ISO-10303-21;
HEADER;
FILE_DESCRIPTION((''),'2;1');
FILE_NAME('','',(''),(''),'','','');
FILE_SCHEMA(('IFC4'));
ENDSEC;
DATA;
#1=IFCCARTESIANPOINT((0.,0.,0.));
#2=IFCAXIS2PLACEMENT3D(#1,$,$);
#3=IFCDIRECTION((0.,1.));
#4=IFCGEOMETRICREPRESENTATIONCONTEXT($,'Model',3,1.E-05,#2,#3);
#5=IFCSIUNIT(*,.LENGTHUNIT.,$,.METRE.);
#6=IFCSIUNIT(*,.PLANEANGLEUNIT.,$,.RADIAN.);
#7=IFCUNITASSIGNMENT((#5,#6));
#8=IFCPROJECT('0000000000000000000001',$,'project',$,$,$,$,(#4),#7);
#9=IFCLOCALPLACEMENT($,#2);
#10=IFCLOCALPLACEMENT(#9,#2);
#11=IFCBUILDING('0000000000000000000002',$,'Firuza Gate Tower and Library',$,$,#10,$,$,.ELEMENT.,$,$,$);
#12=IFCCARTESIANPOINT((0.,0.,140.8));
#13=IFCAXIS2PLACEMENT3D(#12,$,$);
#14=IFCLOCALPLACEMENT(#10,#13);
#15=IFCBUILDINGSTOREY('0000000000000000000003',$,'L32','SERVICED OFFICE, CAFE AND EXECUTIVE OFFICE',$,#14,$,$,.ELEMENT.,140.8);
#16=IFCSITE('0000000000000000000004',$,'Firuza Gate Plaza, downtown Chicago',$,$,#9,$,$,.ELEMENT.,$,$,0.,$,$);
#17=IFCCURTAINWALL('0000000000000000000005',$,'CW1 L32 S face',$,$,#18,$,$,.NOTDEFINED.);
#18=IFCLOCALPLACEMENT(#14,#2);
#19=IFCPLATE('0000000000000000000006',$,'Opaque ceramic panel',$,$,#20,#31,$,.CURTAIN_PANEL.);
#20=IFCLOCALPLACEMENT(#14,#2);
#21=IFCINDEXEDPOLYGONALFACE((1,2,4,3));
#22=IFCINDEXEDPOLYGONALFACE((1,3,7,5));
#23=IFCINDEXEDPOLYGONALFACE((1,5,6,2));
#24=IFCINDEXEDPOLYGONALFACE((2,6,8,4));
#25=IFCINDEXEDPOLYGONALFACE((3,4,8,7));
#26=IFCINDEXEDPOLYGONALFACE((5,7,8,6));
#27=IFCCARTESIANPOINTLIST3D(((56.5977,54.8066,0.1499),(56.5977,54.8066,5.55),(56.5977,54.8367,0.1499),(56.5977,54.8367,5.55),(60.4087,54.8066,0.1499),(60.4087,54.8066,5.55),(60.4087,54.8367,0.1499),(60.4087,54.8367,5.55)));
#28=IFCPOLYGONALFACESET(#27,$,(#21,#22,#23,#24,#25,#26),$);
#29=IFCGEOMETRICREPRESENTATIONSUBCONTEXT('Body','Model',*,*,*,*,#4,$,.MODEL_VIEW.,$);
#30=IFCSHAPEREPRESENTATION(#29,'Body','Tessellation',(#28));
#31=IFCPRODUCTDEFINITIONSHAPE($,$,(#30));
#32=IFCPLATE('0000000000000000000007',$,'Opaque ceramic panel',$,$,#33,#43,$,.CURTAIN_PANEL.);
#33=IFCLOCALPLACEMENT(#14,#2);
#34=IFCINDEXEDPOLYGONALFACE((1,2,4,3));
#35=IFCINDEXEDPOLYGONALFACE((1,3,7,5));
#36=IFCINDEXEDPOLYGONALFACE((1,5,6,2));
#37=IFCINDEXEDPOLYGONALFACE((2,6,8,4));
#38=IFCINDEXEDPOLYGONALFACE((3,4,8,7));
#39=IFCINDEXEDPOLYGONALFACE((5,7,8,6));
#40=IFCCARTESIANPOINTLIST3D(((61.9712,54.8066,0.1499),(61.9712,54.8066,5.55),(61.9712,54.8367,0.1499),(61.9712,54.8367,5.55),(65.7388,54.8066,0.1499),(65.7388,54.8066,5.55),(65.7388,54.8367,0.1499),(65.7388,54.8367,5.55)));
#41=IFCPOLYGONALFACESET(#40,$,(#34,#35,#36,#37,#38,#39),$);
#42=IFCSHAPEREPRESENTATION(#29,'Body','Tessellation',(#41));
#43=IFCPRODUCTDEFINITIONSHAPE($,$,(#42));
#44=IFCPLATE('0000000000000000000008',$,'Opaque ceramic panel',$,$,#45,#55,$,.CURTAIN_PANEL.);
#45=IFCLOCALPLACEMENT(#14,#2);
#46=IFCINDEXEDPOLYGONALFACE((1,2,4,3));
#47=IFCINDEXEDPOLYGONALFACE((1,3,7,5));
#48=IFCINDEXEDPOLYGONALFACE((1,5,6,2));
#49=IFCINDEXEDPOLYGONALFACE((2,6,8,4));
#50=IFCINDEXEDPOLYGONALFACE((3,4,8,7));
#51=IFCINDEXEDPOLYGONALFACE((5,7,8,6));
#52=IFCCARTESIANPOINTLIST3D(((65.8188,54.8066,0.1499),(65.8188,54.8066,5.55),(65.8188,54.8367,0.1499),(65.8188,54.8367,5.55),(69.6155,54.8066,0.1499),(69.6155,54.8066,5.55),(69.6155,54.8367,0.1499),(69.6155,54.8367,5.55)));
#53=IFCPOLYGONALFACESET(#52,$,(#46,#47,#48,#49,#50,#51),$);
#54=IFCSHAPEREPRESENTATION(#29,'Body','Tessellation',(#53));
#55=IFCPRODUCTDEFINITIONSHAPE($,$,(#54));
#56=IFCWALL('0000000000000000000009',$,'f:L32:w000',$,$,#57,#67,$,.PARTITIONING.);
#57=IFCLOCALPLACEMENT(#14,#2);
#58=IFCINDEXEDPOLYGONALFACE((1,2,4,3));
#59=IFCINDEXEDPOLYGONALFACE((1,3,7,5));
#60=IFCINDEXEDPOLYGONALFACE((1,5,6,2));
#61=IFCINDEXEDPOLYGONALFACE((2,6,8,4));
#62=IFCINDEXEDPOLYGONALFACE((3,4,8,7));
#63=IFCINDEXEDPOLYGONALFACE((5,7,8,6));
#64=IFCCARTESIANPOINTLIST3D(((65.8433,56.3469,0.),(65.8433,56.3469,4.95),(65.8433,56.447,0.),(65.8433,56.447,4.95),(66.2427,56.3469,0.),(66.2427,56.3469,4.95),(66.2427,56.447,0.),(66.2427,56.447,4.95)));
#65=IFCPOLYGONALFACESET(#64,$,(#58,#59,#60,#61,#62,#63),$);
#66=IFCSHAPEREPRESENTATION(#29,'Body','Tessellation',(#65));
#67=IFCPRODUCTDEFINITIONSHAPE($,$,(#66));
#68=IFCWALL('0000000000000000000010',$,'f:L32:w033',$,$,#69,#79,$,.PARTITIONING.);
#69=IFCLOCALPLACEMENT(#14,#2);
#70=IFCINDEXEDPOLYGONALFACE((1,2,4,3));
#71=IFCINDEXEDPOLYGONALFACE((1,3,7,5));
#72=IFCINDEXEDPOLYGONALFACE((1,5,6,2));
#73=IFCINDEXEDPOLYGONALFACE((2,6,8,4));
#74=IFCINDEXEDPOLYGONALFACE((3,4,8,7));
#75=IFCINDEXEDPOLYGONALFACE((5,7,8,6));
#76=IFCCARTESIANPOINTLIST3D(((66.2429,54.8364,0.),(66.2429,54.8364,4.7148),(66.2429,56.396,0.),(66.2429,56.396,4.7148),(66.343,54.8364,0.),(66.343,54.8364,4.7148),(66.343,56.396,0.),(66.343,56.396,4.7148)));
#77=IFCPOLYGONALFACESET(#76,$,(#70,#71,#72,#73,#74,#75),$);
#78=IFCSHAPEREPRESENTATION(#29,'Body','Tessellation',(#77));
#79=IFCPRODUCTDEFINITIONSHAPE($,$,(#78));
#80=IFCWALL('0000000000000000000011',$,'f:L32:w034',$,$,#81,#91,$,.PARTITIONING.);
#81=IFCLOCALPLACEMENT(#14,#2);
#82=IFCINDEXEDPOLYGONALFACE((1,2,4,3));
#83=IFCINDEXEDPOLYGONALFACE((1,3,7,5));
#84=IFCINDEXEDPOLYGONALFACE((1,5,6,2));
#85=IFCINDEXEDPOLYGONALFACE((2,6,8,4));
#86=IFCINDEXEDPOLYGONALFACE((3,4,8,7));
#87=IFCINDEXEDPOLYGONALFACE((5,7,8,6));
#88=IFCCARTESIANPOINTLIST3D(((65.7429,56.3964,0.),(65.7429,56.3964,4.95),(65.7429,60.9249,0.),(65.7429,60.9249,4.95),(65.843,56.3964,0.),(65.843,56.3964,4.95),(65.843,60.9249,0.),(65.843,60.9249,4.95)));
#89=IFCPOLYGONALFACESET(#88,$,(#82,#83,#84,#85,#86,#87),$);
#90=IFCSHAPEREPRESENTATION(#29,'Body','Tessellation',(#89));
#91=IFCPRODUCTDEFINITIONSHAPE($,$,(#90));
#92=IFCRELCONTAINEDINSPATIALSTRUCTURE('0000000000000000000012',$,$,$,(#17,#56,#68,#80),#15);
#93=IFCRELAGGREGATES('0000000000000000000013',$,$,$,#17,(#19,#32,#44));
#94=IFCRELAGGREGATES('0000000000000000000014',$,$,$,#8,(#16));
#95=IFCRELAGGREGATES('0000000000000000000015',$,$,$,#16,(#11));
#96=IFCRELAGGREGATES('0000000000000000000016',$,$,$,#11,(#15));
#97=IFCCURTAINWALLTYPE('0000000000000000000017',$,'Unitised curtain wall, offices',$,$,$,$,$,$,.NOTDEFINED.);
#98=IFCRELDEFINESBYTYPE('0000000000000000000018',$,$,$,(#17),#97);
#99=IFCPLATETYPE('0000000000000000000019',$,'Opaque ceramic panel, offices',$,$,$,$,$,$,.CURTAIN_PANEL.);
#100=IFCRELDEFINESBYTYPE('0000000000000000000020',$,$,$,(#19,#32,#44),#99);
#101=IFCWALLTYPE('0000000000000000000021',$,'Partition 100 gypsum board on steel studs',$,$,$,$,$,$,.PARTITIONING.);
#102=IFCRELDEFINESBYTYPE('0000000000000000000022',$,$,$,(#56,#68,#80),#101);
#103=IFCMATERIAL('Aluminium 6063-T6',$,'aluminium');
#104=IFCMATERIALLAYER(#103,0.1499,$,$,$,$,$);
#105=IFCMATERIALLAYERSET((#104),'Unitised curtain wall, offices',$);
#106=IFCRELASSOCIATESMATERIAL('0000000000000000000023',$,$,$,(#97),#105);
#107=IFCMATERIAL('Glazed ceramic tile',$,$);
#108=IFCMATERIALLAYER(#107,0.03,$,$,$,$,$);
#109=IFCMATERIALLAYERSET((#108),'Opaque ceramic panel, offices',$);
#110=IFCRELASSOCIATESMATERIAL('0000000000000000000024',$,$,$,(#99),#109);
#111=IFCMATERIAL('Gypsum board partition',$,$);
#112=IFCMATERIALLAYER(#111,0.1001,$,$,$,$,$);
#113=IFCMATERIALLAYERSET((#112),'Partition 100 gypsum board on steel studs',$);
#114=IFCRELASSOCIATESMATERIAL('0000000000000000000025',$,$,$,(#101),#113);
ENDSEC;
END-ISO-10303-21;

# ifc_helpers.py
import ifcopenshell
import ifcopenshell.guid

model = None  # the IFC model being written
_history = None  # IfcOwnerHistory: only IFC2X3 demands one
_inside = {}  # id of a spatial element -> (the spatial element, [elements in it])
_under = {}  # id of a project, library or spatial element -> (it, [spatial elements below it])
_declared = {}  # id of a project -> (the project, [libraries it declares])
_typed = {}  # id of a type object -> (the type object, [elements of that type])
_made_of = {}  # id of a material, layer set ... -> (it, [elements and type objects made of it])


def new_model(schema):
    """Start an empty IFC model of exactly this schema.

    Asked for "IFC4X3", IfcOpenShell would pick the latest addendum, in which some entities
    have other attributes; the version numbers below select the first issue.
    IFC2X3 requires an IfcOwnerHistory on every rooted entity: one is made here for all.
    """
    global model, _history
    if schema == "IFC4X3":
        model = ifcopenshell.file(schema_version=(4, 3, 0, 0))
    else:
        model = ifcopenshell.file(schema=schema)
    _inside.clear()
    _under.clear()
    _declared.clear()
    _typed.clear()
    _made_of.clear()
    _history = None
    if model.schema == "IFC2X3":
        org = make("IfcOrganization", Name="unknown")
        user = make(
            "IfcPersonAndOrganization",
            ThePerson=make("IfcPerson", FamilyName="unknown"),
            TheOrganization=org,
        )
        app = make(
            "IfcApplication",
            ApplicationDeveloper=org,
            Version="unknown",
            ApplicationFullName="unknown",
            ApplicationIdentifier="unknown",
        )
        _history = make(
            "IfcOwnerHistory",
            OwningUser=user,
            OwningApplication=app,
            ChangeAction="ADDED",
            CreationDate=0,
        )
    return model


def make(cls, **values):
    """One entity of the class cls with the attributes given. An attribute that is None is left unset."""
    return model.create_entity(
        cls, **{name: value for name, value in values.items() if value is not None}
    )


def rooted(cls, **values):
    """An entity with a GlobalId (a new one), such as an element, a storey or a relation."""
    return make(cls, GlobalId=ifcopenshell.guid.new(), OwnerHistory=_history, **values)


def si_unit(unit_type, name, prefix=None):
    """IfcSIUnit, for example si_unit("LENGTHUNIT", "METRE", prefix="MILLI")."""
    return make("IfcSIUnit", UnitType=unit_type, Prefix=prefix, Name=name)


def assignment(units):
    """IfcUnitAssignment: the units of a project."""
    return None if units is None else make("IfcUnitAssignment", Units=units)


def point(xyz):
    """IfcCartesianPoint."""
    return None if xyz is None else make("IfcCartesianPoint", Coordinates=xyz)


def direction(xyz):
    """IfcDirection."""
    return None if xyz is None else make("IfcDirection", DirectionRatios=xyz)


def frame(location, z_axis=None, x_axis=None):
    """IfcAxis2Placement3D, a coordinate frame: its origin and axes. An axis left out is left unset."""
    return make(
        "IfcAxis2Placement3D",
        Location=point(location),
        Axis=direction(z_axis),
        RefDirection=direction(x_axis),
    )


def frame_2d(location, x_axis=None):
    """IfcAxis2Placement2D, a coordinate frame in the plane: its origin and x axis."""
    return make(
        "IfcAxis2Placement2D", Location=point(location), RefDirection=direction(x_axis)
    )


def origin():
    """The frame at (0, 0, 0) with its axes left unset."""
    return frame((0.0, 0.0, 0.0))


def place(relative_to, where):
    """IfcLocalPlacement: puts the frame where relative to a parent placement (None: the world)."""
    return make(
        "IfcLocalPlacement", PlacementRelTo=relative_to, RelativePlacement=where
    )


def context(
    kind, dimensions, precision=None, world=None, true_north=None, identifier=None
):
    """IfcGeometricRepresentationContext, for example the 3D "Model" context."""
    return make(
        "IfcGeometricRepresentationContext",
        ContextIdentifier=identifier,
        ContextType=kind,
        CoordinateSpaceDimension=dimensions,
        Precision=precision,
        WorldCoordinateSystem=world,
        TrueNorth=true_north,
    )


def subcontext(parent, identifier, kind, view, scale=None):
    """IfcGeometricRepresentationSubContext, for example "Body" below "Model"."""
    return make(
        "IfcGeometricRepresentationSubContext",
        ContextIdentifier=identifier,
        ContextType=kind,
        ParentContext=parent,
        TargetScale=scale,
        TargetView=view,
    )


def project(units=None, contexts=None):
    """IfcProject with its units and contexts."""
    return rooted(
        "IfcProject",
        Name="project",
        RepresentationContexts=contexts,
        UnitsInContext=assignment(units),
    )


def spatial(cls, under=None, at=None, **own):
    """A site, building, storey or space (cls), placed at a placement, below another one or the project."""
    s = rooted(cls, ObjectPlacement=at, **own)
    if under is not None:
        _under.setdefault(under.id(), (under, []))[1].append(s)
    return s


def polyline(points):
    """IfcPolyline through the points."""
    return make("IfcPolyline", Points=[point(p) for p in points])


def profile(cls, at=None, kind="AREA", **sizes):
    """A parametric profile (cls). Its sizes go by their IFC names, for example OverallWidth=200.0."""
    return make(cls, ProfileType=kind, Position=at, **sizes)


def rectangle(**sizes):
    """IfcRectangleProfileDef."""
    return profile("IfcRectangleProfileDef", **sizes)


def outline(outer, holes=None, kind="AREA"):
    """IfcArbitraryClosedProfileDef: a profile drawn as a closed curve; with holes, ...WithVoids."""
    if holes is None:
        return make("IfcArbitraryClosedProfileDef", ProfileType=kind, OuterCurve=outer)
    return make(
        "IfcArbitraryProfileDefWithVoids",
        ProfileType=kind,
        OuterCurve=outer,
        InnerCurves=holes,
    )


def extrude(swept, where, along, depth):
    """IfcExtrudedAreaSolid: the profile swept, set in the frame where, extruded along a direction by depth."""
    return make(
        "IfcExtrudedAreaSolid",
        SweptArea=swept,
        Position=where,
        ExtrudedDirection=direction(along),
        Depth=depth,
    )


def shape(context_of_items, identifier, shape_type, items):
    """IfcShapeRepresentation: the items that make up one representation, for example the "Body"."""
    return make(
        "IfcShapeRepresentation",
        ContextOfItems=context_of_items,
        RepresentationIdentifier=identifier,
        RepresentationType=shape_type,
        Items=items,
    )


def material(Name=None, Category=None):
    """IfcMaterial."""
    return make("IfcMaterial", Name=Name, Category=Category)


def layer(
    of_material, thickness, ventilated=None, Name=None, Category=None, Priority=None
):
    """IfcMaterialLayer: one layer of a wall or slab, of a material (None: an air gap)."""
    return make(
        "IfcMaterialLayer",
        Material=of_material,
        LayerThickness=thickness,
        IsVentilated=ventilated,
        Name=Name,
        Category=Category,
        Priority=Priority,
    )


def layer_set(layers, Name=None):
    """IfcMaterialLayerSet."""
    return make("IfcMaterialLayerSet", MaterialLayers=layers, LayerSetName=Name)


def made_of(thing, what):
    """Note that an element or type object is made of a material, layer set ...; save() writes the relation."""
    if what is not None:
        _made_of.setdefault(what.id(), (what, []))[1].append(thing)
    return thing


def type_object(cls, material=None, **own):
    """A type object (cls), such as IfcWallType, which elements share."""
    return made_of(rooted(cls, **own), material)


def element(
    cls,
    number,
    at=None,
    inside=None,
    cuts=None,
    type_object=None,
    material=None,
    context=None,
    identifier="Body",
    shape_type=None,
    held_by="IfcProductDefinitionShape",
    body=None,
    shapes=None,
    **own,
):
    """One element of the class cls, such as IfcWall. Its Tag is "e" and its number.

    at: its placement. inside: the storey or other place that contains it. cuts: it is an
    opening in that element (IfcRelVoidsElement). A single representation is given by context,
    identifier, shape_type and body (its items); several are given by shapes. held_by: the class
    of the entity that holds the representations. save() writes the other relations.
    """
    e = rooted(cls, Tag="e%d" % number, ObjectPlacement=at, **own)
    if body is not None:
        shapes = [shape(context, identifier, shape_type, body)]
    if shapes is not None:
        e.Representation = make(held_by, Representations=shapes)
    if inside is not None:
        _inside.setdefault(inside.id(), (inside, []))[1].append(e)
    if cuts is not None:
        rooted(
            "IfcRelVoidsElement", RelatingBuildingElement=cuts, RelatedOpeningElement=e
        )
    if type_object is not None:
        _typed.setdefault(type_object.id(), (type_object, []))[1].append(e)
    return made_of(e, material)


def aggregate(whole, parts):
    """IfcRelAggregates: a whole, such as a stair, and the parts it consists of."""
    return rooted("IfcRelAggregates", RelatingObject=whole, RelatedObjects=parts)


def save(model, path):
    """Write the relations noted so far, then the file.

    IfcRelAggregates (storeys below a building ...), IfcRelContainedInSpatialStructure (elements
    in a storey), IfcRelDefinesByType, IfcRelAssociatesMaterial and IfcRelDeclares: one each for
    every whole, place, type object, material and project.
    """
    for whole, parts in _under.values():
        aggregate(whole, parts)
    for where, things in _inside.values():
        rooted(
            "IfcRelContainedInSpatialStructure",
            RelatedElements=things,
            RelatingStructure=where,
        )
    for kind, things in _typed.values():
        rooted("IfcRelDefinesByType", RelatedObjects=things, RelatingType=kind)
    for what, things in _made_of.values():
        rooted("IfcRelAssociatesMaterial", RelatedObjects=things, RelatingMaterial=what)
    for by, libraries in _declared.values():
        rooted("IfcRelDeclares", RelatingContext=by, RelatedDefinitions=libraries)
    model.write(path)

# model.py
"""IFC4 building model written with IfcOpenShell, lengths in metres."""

from ifc_helpers import new_model, si_unit, direction, frame, frame_2d, origin, place, context, subcontext, project, spatial, polyline, rectangle, outline, extrude, material, layer, layer_set, type_object, element, aggregate, save


model = new_model("IFC4")

# Units and contexts
model_context = context("Model", 3, precision=1e-05, world=origin(), true_north=direction((0.0, 1.0)))
body_context = subcontext(model_context, "Body", "Model", "MODEL_VIEW")
ifc_project = project(units=[si_unit("LENGTHUNIT", "METRE"), si_unit("PLANEANGLEUNIT", "RADIAN")], contexts=[model_context])

# Site, building, storey
site_placement = place(None, origin())
site = spatial("IfcSite", under=ifc_project, at=site_placement, Name="Firuza Gate Plaza, downtown Chicago", CompositionType="ELEMENT", RefElevation=0.0)
building_placement = place(site_placement, origin())
building = spatial("IfcBuilding", under=site, at=building_placement, Name="Firuza Gate Tower and Library", CompositionType="ELEMENT")
storey_placement = place(building_placement, frame((0.0, 0.0, 140.8)))
storey = spatial("IfcBuildingStorey", under=building, at=storey_placement, Name="L32", Description="SERVICED OFFICE, CAFE AND EXECUTIVE OFFICE", CompositionType="ELEMENT", Elevation=140.8)

# Curtain wall
ifc_material_1 = material(Name="Aluminium 6063-T6", Category="aluminium")
ifc_layer_1 = layer(ifc_material_1, 0.1499)
ifc_layer_set_1 = layer_set([ifc_layer_1], Name="Unitised curtain wall, offices")
curtain_wall_type = type_object("IfcCurtainWallType", Name="Unitised curtain wall, offices", PredefinedType="NOTDEFINED", material=ifc_layer_set_1)
curtain_wall_placement = place(storey_placement, origin())
curtain_wall = element("IfcCurtainWall", 1, at=curtain_wall_placement, inside=storey, type_object=curtain_wall_type, Name="CW1 L32 S face", PredefinedType="NOTDEFINED")

# Plates
ifc_material_2 = material(Name="Glazed ceramic tile")
ifc_layer_2 = layer(ifc_material_2, 0.03)
ifc_layer_set_2 = layer_set([ifc_layer_2], Name="Opaque ceramic panel, offices")
plate_type_1 = type_object("IfcPlateType", Name="Opaque ceramic panel, offices", PredefinedType="CURTAIN_PANEL", material=ifc_layer_set_2)
plate_1_placement = place(storey_placement, frame((56.5977, 54.8066, 0.1499), z_axis=(0.0, -1.0, 0.0), x_axis=(1.0, 0.0, 0.0)))
plate_1 = element("IfcPlate", 2, at=plate_1_placement, type_object=plate_type_1, Name="Opaque ceramic panel", PredefinedType="CURTAIN_PANEL", context=body_context, shape_type="SweptSolid", body=[
    extrude(outline(polyline([(0.0, 0.0), (3.811, 0.0), (3.811, 5.4001), (0.0, 5.4001), (0.0, 0.0)])), origin(), (0.0, 0.0, -1.0), 0.03),
])
plate_2_placement = place(storey_placement, frame((61.9712, 54.8066, 0.1499), z_axis=(0.0, -1.0, 0.0), x_axis=(1.0, 0.0, 0.0)))
plate_2 = element("IfcPlate", 3, at=plate_2_placement, type_object=plate_type_1, Name="Opaque ceramic panel", PredefinedType="CURTAIN_PANEL", context=body_context, shape_type="SweptSolid", body=[
    extrude(outline(polyline([(0.0, 0.0), (3.7676, 0.0), (3.7676, 5.4001), (0.0, 5.4001), (0.0, 0.0)])), origin(), (0.0, 0.0, -1.0), 0.03),
])
plate_3_placement = place(storey_placement, frame((65.8188, 54.8066, 0.1499), z_axis=(0.0, -1.0, 0.0), x_axis=(1.0, 0.0, 0.0)))
plate_3 = element("IfcPlate", 4, at=plate_3_placement, type_object=plate_type_1, Name="Opaque ceramic panel", PredefinedType="CURTAIN_PANEL", context=body_context, shape_type="SweptSolid", body=[
    extrude(outline(polyline([(0.0, 0.0), (3.7966, 0.0), (3.7966, 5.4001), (0.0, 5.4001), (0.0, 0.0)])), origin(), (0.0, 0.0, -1.0), 0.03),
])
aggregate(curtain_wall, [plate_1, plate_2, plate_3])

# Walls
ifc_material_3 = material(Name="Gypsum board partition")
ifc_layer_3 = layer(ifc_material_3, 0.1001)
ifc_layer_set_3 = layer_set([ifc_layer_3], Name="Partition 100 gypsum board on steel studs")
wall_type = type_object("IfcWallType", Name="Partition 100 gypsum board on steel studs", PredefinedType="PARTITIONING", material=ifc_layer_set_3)
wall_1_placement = place(storey_placement, frame((65.8433, 56.397, 0.0), z_axis=(0.0, 0.0, 1.0), x_axis=(1.0, 0.0, 0.0)))
element("IfcWall", 5, at=wall_1_placement, inside=storey, type_object=wall_type, Name="f:L32:w000", PredefinedType="PARTITIONING", context=body_context, shape_type="SweptSolid", body=[
    extrude(rectangle(XDim=0.3994, YDim=0.1001, at=frame_2d((0.1997, 0.0))), origin(), (0.0, 0.0, 1.0), 4.95),
])
wall_2_placement = place(storey_placement, frame((66.293, 54.8364, 0.0), z_axis=(0.0, 0.0, 1.0), x_axis=(0.0, 1.0, 0.0)))
element("IfcWall", 6, at=wall_2_placement, inside=storey, type_object=wall_type, Name="f:L32:w033", PredefinedType="PARTITIONING", context=body_context, shape_type="SweptSolid", body=[
    extrude(rectangle(XDim=1.5596, YDim=0.1001, at=frame_2d((0.7798, 0.0))), origin(), (0.0, 0.0, 1.0), 4.7148),
])
wall_3_placement = place(storey_placement, frame((65.793, 56.3965, 0.0), z_axis=(0.0, 0.0, 1.0), x_axis=(0.0, 1.0, 0.0)))
element("IfcWall", 7, at=wall_3_placement, inside=storey, type_object=wall_type, Name="f:L32:w034", PredefinedType="PARTITIONING", context=body_context, shape_type="SweptSolid", body=[
    extrude(rectangle(XDim=4.5286, YDim=0.1001, at=frame_2d((2.2642, 0.0))), origin(), (0.0, 0.0, 1.0), 4.95),
])

save(model, "model.ifc")
